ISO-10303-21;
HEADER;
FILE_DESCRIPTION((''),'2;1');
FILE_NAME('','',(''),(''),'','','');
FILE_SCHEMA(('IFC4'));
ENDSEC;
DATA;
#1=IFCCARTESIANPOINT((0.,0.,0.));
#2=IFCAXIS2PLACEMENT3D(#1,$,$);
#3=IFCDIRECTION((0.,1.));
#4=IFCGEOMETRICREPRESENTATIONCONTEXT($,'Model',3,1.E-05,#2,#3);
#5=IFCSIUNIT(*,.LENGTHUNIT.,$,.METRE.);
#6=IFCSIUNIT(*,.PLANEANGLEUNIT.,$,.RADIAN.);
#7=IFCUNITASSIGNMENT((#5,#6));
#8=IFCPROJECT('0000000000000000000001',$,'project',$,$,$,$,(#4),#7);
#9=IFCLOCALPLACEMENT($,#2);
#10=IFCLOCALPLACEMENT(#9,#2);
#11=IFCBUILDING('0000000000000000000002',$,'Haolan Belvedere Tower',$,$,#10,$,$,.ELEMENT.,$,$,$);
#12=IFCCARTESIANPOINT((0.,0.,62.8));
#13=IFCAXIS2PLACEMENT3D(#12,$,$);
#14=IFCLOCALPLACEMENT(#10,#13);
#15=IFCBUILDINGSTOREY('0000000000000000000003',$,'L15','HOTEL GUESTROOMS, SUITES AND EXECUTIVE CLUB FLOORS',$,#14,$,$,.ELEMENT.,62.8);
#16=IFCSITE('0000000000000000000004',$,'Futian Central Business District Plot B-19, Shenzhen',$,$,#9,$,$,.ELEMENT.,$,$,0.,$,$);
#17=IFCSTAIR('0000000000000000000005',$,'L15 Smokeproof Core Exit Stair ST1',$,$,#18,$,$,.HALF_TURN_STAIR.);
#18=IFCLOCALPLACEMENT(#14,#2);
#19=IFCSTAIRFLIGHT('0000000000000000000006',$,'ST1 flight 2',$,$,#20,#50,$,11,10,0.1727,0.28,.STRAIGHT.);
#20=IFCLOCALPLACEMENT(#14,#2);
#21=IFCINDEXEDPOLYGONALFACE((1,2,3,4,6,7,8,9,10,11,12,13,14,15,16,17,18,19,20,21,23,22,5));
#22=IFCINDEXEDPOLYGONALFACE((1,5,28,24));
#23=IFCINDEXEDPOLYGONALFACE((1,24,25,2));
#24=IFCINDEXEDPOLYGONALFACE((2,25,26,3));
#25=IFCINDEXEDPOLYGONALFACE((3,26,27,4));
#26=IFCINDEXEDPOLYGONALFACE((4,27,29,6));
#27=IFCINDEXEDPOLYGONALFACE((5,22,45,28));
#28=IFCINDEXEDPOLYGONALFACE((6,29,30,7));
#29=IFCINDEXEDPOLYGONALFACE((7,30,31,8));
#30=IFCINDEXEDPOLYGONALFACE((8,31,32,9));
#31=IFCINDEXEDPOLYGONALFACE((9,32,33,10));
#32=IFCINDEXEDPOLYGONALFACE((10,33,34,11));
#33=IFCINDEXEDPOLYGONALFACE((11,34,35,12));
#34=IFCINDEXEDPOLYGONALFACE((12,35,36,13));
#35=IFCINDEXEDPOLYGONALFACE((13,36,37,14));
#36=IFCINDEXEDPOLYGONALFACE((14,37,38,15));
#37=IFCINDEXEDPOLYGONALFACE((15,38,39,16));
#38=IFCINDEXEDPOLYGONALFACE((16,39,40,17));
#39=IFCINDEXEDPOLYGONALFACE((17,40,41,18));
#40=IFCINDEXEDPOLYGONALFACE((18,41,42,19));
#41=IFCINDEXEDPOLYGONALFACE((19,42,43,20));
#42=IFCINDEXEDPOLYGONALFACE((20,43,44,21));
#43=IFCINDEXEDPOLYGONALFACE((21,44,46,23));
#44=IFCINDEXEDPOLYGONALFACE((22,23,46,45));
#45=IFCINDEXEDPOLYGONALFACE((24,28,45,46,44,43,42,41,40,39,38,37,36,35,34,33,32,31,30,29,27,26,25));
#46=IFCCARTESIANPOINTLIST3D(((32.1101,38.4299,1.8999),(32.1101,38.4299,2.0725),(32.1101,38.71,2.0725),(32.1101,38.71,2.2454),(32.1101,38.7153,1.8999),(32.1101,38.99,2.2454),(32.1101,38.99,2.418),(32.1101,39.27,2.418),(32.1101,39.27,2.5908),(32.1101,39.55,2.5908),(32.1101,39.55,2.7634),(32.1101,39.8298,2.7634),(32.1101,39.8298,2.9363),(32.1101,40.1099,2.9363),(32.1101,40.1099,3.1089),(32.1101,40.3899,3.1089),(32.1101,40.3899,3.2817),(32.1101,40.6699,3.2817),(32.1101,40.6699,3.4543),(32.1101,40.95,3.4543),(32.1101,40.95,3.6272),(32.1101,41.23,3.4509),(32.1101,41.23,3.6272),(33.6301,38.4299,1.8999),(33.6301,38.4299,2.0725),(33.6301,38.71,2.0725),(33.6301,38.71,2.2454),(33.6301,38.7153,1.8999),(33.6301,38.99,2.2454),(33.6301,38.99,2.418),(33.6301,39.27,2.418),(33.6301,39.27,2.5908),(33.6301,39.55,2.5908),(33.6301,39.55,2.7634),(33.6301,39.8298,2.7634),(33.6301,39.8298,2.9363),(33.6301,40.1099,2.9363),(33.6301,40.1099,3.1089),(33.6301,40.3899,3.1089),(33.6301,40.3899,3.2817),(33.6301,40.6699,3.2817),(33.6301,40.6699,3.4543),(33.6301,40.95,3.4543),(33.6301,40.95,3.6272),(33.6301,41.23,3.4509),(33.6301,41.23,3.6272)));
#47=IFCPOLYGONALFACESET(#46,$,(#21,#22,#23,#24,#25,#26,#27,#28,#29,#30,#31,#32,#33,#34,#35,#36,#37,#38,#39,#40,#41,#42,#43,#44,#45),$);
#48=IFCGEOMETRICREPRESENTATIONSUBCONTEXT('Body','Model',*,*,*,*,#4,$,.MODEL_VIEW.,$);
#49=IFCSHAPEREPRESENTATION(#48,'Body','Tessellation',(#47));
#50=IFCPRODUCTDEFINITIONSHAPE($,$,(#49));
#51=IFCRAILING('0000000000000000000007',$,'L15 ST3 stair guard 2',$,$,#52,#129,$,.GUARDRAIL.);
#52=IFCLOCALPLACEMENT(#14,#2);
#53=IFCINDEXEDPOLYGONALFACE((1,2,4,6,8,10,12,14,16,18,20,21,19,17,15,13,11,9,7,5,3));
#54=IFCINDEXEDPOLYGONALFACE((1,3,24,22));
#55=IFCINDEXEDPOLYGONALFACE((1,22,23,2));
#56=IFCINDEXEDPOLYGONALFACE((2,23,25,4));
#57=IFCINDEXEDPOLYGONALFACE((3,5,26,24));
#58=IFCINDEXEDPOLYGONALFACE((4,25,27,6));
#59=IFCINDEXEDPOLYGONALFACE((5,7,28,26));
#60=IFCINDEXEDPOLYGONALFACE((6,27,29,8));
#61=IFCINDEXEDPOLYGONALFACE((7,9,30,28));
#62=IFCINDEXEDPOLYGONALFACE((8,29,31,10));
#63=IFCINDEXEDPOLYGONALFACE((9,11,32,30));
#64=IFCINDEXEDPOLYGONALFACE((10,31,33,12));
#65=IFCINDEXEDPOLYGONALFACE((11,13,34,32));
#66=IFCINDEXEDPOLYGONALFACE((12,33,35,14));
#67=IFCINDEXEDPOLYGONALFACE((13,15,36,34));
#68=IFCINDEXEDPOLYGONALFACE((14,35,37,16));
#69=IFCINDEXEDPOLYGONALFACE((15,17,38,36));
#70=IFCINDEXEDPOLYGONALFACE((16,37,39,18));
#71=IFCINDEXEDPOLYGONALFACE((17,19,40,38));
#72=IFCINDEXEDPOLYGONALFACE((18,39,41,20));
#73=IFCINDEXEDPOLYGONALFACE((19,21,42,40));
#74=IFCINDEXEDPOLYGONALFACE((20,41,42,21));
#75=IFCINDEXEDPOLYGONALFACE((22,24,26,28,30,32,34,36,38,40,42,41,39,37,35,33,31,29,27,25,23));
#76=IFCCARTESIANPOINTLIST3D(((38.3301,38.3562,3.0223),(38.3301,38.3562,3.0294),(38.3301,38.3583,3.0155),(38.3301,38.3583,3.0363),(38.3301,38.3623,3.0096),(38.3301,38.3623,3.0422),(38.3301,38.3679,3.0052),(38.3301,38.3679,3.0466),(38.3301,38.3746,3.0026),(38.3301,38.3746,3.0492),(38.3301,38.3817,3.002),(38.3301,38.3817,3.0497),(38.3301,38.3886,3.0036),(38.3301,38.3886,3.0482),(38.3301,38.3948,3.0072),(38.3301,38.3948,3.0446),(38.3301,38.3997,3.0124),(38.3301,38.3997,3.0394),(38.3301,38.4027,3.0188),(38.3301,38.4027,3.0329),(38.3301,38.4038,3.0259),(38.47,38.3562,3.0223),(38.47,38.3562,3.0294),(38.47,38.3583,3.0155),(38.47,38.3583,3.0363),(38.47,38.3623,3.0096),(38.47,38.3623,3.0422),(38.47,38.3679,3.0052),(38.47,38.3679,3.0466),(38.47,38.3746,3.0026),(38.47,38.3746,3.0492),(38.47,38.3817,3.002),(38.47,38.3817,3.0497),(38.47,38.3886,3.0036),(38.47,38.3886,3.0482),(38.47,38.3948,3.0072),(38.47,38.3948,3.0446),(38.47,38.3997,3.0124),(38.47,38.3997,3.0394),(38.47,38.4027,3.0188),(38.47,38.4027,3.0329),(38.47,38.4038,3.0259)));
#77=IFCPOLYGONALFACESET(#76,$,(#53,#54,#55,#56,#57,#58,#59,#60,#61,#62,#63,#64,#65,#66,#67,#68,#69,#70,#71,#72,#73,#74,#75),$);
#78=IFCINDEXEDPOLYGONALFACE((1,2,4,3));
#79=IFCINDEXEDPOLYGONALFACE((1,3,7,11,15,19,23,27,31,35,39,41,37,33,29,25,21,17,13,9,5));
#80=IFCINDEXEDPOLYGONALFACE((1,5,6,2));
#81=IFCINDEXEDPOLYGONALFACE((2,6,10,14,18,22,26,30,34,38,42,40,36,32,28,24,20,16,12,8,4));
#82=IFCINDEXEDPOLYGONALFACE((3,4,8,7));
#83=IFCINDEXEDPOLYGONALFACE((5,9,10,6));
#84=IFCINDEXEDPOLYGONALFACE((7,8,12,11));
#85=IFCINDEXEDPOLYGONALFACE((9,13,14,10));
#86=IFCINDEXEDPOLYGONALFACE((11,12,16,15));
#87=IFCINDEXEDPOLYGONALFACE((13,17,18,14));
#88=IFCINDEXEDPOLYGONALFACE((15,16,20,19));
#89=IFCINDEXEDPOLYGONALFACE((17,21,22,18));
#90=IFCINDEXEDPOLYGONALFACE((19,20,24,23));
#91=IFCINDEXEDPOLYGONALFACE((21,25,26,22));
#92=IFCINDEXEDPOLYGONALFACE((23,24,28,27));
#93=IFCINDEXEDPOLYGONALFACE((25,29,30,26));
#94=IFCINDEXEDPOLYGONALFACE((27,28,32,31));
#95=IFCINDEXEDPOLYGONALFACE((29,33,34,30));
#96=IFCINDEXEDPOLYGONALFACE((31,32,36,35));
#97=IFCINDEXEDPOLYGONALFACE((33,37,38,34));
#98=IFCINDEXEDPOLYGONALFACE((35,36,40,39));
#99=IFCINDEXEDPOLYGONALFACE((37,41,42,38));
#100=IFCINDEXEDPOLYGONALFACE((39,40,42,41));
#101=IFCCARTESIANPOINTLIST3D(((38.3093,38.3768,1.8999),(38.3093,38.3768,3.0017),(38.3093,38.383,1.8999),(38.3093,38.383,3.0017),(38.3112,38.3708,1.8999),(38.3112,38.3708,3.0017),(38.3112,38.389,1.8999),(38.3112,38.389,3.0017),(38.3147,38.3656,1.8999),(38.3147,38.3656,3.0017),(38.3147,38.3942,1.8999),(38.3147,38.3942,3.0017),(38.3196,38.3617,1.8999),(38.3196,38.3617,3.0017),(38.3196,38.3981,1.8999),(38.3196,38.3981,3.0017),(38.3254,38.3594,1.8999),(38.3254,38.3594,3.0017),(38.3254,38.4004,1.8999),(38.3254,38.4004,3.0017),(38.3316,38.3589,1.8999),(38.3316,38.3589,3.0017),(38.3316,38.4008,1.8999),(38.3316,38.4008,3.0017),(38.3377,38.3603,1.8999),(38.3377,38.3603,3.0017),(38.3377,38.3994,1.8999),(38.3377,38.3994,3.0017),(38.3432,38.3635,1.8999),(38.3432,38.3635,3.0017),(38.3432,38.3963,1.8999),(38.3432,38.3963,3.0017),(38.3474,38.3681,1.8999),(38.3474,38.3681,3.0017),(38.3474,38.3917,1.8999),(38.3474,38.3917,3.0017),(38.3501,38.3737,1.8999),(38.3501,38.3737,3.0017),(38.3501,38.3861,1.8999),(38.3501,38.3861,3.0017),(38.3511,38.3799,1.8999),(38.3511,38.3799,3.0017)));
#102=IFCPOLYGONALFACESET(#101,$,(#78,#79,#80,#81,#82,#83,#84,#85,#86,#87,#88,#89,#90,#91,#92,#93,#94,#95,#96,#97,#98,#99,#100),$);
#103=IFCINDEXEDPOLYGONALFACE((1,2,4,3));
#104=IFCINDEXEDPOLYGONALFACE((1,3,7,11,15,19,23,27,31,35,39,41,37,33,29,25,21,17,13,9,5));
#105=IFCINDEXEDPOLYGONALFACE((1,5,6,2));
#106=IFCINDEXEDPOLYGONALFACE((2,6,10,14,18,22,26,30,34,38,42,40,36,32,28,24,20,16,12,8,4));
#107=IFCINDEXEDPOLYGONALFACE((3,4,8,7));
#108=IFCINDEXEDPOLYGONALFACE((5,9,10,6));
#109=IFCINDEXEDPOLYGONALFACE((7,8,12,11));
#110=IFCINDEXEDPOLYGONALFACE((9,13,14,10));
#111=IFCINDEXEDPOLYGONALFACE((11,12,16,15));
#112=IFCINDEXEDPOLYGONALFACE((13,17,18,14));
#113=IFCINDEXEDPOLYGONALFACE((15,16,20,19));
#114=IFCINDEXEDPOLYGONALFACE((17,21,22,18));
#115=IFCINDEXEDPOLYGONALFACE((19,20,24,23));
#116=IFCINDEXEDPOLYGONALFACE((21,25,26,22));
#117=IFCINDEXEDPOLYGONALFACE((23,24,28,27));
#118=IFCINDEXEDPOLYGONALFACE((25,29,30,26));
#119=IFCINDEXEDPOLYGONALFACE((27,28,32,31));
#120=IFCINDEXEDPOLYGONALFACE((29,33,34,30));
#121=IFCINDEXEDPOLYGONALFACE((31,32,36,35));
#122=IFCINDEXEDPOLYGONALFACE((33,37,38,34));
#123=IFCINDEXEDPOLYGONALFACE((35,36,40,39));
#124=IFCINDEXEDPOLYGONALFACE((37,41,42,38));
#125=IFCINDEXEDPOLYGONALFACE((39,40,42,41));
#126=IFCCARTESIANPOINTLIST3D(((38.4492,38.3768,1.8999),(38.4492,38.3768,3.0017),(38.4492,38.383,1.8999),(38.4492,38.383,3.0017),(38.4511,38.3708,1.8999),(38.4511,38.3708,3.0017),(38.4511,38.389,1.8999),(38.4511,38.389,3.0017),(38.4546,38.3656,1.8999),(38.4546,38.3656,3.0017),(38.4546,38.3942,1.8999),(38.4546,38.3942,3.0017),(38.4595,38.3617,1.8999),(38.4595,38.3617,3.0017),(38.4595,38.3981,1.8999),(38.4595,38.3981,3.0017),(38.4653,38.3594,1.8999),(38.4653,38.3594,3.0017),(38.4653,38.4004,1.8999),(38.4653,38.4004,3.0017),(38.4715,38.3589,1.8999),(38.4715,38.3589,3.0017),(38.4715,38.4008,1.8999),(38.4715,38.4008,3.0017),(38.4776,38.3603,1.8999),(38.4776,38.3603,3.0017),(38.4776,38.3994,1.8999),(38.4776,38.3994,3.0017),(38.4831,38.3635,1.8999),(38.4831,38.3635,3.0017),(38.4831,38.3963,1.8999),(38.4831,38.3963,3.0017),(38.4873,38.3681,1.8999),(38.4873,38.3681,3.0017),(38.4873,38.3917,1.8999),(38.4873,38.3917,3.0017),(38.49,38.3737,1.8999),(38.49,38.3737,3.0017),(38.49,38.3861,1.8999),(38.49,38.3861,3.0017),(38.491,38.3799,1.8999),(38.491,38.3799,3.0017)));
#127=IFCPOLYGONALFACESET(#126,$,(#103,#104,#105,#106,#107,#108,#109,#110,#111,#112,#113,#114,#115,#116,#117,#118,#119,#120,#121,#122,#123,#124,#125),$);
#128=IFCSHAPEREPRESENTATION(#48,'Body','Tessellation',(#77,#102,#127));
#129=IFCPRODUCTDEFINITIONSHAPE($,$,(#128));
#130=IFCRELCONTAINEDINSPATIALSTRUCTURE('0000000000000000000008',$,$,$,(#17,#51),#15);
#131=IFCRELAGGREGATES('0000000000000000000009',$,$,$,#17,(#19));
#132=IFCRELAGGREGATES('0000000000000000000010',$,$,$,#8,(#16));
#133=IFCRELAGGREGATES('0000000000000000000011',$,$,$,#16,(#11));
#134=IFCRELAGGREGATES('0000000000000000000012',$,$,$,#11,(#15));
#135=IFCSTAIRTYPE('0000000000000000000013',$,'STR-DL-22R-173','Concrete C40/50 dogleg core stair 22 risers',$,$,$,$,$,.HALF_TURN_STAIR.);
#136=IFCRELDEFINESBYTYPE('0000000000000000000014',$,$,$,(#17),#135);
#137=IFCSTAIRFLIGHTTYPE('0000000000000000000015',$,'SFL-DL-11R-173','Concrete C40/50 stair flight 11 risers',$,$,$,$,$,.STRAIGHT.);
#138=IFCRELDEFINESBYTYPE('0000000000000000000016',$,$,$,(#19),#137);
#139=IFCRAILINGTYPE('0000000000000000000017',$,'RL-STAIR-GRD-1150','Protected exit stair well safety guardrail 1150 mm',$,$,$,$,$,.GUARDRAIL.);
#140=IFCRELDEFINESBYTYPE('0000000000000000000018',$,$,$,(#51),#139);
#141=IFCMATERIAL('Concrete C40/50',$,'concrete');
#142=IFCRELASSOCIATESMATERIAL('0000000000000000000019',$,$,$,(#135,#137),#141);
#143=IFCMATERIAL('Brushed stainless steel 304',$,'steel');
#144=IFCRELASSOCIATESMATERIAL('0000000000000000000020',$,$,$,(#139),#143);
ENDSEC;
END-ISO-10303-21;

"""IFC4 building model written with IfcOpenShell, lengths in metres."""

from ifc_helpers import new_model, si_unit, direction, frame, origin, origin_2d, place, context, subcontext, project, spatial, polyline, circle, outline, extrude, material, type_object, element, aggregate, save


model = new_model("IFC4")

# Units and contexts
model_context = context("Model", 3, precision=1e-05, world=origin(), true_north=direction((0.0, 1.0)))
body_context = subcontext(model_context, "Body", "Model", "MODEL_VIEW")
ifc_project = project(units=[si_unit("LENGTHUNIT", "METRE"), si_unit("PLANEANGLEUNIT", "RADIAN")], contexts=[model_context])

# Site, building, storey
site_placement = place(None, origin())
site = spatial("IfcSite", under=ifc_project, at=site_placement, Name="Futian Central Business District Plot B-19, Shenzhen", CompositionType="ELEMENT", RefElevation=0.0)
building_placement = place(site_placement, origin())
building = spatial("IfcBuilding", under=site, at=building_placement, Name="Haolan Belvedere Tower", CompositionType="ELEMENT")
storey_placement = place(building_placement, frame((0.0, 0.0, 62.8)))
storey = spatial("IfcBuildingStorey", under=building, at=storey_placement, Name="L15", Description="HOTEL GUESTROOMS, SUITES AND EXECUTIVE CLUB FLOORS", CompositionType="ELEMENT", Elevation=62.8)

# Stair, stair flight
ifc_material_1 = material(Name="Concrete C40/50", Category="concrete")
stair_type = type_object("IfcStairType", Name="STR-DL-22R-173", Description="Concrete C40/50 dogleg core stair 22 risers", PredefinedType="HALF_TURN_STAIR", material=ifc_material_1)
stair_placement = place(storey_placement, origin())
stair = element("IfcStair", 1, at=stair_placement, inside=storey, type_object=stair_type, Name="L15 Smokeproof Core Exit Stair ST1", PredefinedType="HALF_TURN_STAIR")
stair_flight_type = type_object("IfcStairFlightType", Name="SFL-DL-11R-173", Description="Concrete C40/50 stair flight 11 risers", PredefinedType="STRAIGHT", material=ifc_material_1)
stair_flight_placement = place(storey_placement, frame((32.8701, 38.4299, 1.8999), z_axis=(0.0, 0.0, 1.0), x_axis=(0.0, 1.0, 0.0)))
stair_flight = element("IfcStairFlight", 2, at=stair_flight_placement, type_object=stair_flight_type, Name="ST1 flight 2", NumberOfRisers=11, NumberOfTreads=10, PredefinedType="STRAIGHT", RiserHeight=0.1727, TreadLength=0.28, context=body_context, shape_type="SweptSolid", body=[
    extrude(outline(polyline([(0.0, 0.0), (0.0, 0.1726), (0.28, 0.1726), (0.28, 0.3455), (0.5601, 0.3455), (0.5601, 0.5181), (0.8401, 0.5181), (0.8401, 0.6909), (1.1201, 0.6909), (1.1201, 0.8635), (1.3999, 0.8635), (1.3999, 1.0364), (1.6799, 1.0364), (1.6799, 1.209), (1.96, 1.209), (1.96, 1.3818), (2.24, 1.3818), (2.24, 1.5544), (2.52, 1.5544), (2.52, 1.7273), (2.8, 1.7273), (2.8, 1.8999), (2.8, 1.551), (0.2854, 0.0), (0.0, 0.0)])), frame((0.0, 0.76, 0.0), z_axis=(0.0, -1.0, 0.0), x_axis=(1.0, 0.0, 0.0)), (0.0, 0.0, 1.0), 1.52),
])
aggregate(stair, [stair_flight])

# Railing
ifc_material_2 = material(Name="Brushed stainless steel 304", Category="steel")
railing_type_1 = type_object("IfcRailingType", Name="RL-STAIR-GRD-1150", Description="Protected exit stair well safety guardrail 1150 mm", PredefinedType="GUARDRAIL", material=ifc_material_2)
railing_1_placement = place(storey_placement, frame((38.3301, 38.3799, 1.8999)))
element("IfcRailing", 3, at=railing_1_placement, inside=storey, type_object=railing_type_1, Name="L15 ST3 stair guard 2", PredefinedType="GUARDRAIL", context=body_context, shape_type="SweptSolid", body=[
    extrude(circle(Radius=0.0239, at=origin_2d()), frame((0.0, 0.0, 1.126), z_axis=(1.0, 0.0, 0.0), x_axis=(0.0, 1.0, 0.0)), (0.0, 0.0, 1.0), 0.1399),
    extrude(circle(Radius=0.021, at=origin_2d()), origin(), (0.0, 0.0, 1.0), 1.1018),
    extrude(circle(Radius=0.021, at=origin_2d()), frame((0.1399, 0.0, 0.0)), (0.0, 0.0, 1.0), 1.1018),
])

save(model, "model.ifc")
